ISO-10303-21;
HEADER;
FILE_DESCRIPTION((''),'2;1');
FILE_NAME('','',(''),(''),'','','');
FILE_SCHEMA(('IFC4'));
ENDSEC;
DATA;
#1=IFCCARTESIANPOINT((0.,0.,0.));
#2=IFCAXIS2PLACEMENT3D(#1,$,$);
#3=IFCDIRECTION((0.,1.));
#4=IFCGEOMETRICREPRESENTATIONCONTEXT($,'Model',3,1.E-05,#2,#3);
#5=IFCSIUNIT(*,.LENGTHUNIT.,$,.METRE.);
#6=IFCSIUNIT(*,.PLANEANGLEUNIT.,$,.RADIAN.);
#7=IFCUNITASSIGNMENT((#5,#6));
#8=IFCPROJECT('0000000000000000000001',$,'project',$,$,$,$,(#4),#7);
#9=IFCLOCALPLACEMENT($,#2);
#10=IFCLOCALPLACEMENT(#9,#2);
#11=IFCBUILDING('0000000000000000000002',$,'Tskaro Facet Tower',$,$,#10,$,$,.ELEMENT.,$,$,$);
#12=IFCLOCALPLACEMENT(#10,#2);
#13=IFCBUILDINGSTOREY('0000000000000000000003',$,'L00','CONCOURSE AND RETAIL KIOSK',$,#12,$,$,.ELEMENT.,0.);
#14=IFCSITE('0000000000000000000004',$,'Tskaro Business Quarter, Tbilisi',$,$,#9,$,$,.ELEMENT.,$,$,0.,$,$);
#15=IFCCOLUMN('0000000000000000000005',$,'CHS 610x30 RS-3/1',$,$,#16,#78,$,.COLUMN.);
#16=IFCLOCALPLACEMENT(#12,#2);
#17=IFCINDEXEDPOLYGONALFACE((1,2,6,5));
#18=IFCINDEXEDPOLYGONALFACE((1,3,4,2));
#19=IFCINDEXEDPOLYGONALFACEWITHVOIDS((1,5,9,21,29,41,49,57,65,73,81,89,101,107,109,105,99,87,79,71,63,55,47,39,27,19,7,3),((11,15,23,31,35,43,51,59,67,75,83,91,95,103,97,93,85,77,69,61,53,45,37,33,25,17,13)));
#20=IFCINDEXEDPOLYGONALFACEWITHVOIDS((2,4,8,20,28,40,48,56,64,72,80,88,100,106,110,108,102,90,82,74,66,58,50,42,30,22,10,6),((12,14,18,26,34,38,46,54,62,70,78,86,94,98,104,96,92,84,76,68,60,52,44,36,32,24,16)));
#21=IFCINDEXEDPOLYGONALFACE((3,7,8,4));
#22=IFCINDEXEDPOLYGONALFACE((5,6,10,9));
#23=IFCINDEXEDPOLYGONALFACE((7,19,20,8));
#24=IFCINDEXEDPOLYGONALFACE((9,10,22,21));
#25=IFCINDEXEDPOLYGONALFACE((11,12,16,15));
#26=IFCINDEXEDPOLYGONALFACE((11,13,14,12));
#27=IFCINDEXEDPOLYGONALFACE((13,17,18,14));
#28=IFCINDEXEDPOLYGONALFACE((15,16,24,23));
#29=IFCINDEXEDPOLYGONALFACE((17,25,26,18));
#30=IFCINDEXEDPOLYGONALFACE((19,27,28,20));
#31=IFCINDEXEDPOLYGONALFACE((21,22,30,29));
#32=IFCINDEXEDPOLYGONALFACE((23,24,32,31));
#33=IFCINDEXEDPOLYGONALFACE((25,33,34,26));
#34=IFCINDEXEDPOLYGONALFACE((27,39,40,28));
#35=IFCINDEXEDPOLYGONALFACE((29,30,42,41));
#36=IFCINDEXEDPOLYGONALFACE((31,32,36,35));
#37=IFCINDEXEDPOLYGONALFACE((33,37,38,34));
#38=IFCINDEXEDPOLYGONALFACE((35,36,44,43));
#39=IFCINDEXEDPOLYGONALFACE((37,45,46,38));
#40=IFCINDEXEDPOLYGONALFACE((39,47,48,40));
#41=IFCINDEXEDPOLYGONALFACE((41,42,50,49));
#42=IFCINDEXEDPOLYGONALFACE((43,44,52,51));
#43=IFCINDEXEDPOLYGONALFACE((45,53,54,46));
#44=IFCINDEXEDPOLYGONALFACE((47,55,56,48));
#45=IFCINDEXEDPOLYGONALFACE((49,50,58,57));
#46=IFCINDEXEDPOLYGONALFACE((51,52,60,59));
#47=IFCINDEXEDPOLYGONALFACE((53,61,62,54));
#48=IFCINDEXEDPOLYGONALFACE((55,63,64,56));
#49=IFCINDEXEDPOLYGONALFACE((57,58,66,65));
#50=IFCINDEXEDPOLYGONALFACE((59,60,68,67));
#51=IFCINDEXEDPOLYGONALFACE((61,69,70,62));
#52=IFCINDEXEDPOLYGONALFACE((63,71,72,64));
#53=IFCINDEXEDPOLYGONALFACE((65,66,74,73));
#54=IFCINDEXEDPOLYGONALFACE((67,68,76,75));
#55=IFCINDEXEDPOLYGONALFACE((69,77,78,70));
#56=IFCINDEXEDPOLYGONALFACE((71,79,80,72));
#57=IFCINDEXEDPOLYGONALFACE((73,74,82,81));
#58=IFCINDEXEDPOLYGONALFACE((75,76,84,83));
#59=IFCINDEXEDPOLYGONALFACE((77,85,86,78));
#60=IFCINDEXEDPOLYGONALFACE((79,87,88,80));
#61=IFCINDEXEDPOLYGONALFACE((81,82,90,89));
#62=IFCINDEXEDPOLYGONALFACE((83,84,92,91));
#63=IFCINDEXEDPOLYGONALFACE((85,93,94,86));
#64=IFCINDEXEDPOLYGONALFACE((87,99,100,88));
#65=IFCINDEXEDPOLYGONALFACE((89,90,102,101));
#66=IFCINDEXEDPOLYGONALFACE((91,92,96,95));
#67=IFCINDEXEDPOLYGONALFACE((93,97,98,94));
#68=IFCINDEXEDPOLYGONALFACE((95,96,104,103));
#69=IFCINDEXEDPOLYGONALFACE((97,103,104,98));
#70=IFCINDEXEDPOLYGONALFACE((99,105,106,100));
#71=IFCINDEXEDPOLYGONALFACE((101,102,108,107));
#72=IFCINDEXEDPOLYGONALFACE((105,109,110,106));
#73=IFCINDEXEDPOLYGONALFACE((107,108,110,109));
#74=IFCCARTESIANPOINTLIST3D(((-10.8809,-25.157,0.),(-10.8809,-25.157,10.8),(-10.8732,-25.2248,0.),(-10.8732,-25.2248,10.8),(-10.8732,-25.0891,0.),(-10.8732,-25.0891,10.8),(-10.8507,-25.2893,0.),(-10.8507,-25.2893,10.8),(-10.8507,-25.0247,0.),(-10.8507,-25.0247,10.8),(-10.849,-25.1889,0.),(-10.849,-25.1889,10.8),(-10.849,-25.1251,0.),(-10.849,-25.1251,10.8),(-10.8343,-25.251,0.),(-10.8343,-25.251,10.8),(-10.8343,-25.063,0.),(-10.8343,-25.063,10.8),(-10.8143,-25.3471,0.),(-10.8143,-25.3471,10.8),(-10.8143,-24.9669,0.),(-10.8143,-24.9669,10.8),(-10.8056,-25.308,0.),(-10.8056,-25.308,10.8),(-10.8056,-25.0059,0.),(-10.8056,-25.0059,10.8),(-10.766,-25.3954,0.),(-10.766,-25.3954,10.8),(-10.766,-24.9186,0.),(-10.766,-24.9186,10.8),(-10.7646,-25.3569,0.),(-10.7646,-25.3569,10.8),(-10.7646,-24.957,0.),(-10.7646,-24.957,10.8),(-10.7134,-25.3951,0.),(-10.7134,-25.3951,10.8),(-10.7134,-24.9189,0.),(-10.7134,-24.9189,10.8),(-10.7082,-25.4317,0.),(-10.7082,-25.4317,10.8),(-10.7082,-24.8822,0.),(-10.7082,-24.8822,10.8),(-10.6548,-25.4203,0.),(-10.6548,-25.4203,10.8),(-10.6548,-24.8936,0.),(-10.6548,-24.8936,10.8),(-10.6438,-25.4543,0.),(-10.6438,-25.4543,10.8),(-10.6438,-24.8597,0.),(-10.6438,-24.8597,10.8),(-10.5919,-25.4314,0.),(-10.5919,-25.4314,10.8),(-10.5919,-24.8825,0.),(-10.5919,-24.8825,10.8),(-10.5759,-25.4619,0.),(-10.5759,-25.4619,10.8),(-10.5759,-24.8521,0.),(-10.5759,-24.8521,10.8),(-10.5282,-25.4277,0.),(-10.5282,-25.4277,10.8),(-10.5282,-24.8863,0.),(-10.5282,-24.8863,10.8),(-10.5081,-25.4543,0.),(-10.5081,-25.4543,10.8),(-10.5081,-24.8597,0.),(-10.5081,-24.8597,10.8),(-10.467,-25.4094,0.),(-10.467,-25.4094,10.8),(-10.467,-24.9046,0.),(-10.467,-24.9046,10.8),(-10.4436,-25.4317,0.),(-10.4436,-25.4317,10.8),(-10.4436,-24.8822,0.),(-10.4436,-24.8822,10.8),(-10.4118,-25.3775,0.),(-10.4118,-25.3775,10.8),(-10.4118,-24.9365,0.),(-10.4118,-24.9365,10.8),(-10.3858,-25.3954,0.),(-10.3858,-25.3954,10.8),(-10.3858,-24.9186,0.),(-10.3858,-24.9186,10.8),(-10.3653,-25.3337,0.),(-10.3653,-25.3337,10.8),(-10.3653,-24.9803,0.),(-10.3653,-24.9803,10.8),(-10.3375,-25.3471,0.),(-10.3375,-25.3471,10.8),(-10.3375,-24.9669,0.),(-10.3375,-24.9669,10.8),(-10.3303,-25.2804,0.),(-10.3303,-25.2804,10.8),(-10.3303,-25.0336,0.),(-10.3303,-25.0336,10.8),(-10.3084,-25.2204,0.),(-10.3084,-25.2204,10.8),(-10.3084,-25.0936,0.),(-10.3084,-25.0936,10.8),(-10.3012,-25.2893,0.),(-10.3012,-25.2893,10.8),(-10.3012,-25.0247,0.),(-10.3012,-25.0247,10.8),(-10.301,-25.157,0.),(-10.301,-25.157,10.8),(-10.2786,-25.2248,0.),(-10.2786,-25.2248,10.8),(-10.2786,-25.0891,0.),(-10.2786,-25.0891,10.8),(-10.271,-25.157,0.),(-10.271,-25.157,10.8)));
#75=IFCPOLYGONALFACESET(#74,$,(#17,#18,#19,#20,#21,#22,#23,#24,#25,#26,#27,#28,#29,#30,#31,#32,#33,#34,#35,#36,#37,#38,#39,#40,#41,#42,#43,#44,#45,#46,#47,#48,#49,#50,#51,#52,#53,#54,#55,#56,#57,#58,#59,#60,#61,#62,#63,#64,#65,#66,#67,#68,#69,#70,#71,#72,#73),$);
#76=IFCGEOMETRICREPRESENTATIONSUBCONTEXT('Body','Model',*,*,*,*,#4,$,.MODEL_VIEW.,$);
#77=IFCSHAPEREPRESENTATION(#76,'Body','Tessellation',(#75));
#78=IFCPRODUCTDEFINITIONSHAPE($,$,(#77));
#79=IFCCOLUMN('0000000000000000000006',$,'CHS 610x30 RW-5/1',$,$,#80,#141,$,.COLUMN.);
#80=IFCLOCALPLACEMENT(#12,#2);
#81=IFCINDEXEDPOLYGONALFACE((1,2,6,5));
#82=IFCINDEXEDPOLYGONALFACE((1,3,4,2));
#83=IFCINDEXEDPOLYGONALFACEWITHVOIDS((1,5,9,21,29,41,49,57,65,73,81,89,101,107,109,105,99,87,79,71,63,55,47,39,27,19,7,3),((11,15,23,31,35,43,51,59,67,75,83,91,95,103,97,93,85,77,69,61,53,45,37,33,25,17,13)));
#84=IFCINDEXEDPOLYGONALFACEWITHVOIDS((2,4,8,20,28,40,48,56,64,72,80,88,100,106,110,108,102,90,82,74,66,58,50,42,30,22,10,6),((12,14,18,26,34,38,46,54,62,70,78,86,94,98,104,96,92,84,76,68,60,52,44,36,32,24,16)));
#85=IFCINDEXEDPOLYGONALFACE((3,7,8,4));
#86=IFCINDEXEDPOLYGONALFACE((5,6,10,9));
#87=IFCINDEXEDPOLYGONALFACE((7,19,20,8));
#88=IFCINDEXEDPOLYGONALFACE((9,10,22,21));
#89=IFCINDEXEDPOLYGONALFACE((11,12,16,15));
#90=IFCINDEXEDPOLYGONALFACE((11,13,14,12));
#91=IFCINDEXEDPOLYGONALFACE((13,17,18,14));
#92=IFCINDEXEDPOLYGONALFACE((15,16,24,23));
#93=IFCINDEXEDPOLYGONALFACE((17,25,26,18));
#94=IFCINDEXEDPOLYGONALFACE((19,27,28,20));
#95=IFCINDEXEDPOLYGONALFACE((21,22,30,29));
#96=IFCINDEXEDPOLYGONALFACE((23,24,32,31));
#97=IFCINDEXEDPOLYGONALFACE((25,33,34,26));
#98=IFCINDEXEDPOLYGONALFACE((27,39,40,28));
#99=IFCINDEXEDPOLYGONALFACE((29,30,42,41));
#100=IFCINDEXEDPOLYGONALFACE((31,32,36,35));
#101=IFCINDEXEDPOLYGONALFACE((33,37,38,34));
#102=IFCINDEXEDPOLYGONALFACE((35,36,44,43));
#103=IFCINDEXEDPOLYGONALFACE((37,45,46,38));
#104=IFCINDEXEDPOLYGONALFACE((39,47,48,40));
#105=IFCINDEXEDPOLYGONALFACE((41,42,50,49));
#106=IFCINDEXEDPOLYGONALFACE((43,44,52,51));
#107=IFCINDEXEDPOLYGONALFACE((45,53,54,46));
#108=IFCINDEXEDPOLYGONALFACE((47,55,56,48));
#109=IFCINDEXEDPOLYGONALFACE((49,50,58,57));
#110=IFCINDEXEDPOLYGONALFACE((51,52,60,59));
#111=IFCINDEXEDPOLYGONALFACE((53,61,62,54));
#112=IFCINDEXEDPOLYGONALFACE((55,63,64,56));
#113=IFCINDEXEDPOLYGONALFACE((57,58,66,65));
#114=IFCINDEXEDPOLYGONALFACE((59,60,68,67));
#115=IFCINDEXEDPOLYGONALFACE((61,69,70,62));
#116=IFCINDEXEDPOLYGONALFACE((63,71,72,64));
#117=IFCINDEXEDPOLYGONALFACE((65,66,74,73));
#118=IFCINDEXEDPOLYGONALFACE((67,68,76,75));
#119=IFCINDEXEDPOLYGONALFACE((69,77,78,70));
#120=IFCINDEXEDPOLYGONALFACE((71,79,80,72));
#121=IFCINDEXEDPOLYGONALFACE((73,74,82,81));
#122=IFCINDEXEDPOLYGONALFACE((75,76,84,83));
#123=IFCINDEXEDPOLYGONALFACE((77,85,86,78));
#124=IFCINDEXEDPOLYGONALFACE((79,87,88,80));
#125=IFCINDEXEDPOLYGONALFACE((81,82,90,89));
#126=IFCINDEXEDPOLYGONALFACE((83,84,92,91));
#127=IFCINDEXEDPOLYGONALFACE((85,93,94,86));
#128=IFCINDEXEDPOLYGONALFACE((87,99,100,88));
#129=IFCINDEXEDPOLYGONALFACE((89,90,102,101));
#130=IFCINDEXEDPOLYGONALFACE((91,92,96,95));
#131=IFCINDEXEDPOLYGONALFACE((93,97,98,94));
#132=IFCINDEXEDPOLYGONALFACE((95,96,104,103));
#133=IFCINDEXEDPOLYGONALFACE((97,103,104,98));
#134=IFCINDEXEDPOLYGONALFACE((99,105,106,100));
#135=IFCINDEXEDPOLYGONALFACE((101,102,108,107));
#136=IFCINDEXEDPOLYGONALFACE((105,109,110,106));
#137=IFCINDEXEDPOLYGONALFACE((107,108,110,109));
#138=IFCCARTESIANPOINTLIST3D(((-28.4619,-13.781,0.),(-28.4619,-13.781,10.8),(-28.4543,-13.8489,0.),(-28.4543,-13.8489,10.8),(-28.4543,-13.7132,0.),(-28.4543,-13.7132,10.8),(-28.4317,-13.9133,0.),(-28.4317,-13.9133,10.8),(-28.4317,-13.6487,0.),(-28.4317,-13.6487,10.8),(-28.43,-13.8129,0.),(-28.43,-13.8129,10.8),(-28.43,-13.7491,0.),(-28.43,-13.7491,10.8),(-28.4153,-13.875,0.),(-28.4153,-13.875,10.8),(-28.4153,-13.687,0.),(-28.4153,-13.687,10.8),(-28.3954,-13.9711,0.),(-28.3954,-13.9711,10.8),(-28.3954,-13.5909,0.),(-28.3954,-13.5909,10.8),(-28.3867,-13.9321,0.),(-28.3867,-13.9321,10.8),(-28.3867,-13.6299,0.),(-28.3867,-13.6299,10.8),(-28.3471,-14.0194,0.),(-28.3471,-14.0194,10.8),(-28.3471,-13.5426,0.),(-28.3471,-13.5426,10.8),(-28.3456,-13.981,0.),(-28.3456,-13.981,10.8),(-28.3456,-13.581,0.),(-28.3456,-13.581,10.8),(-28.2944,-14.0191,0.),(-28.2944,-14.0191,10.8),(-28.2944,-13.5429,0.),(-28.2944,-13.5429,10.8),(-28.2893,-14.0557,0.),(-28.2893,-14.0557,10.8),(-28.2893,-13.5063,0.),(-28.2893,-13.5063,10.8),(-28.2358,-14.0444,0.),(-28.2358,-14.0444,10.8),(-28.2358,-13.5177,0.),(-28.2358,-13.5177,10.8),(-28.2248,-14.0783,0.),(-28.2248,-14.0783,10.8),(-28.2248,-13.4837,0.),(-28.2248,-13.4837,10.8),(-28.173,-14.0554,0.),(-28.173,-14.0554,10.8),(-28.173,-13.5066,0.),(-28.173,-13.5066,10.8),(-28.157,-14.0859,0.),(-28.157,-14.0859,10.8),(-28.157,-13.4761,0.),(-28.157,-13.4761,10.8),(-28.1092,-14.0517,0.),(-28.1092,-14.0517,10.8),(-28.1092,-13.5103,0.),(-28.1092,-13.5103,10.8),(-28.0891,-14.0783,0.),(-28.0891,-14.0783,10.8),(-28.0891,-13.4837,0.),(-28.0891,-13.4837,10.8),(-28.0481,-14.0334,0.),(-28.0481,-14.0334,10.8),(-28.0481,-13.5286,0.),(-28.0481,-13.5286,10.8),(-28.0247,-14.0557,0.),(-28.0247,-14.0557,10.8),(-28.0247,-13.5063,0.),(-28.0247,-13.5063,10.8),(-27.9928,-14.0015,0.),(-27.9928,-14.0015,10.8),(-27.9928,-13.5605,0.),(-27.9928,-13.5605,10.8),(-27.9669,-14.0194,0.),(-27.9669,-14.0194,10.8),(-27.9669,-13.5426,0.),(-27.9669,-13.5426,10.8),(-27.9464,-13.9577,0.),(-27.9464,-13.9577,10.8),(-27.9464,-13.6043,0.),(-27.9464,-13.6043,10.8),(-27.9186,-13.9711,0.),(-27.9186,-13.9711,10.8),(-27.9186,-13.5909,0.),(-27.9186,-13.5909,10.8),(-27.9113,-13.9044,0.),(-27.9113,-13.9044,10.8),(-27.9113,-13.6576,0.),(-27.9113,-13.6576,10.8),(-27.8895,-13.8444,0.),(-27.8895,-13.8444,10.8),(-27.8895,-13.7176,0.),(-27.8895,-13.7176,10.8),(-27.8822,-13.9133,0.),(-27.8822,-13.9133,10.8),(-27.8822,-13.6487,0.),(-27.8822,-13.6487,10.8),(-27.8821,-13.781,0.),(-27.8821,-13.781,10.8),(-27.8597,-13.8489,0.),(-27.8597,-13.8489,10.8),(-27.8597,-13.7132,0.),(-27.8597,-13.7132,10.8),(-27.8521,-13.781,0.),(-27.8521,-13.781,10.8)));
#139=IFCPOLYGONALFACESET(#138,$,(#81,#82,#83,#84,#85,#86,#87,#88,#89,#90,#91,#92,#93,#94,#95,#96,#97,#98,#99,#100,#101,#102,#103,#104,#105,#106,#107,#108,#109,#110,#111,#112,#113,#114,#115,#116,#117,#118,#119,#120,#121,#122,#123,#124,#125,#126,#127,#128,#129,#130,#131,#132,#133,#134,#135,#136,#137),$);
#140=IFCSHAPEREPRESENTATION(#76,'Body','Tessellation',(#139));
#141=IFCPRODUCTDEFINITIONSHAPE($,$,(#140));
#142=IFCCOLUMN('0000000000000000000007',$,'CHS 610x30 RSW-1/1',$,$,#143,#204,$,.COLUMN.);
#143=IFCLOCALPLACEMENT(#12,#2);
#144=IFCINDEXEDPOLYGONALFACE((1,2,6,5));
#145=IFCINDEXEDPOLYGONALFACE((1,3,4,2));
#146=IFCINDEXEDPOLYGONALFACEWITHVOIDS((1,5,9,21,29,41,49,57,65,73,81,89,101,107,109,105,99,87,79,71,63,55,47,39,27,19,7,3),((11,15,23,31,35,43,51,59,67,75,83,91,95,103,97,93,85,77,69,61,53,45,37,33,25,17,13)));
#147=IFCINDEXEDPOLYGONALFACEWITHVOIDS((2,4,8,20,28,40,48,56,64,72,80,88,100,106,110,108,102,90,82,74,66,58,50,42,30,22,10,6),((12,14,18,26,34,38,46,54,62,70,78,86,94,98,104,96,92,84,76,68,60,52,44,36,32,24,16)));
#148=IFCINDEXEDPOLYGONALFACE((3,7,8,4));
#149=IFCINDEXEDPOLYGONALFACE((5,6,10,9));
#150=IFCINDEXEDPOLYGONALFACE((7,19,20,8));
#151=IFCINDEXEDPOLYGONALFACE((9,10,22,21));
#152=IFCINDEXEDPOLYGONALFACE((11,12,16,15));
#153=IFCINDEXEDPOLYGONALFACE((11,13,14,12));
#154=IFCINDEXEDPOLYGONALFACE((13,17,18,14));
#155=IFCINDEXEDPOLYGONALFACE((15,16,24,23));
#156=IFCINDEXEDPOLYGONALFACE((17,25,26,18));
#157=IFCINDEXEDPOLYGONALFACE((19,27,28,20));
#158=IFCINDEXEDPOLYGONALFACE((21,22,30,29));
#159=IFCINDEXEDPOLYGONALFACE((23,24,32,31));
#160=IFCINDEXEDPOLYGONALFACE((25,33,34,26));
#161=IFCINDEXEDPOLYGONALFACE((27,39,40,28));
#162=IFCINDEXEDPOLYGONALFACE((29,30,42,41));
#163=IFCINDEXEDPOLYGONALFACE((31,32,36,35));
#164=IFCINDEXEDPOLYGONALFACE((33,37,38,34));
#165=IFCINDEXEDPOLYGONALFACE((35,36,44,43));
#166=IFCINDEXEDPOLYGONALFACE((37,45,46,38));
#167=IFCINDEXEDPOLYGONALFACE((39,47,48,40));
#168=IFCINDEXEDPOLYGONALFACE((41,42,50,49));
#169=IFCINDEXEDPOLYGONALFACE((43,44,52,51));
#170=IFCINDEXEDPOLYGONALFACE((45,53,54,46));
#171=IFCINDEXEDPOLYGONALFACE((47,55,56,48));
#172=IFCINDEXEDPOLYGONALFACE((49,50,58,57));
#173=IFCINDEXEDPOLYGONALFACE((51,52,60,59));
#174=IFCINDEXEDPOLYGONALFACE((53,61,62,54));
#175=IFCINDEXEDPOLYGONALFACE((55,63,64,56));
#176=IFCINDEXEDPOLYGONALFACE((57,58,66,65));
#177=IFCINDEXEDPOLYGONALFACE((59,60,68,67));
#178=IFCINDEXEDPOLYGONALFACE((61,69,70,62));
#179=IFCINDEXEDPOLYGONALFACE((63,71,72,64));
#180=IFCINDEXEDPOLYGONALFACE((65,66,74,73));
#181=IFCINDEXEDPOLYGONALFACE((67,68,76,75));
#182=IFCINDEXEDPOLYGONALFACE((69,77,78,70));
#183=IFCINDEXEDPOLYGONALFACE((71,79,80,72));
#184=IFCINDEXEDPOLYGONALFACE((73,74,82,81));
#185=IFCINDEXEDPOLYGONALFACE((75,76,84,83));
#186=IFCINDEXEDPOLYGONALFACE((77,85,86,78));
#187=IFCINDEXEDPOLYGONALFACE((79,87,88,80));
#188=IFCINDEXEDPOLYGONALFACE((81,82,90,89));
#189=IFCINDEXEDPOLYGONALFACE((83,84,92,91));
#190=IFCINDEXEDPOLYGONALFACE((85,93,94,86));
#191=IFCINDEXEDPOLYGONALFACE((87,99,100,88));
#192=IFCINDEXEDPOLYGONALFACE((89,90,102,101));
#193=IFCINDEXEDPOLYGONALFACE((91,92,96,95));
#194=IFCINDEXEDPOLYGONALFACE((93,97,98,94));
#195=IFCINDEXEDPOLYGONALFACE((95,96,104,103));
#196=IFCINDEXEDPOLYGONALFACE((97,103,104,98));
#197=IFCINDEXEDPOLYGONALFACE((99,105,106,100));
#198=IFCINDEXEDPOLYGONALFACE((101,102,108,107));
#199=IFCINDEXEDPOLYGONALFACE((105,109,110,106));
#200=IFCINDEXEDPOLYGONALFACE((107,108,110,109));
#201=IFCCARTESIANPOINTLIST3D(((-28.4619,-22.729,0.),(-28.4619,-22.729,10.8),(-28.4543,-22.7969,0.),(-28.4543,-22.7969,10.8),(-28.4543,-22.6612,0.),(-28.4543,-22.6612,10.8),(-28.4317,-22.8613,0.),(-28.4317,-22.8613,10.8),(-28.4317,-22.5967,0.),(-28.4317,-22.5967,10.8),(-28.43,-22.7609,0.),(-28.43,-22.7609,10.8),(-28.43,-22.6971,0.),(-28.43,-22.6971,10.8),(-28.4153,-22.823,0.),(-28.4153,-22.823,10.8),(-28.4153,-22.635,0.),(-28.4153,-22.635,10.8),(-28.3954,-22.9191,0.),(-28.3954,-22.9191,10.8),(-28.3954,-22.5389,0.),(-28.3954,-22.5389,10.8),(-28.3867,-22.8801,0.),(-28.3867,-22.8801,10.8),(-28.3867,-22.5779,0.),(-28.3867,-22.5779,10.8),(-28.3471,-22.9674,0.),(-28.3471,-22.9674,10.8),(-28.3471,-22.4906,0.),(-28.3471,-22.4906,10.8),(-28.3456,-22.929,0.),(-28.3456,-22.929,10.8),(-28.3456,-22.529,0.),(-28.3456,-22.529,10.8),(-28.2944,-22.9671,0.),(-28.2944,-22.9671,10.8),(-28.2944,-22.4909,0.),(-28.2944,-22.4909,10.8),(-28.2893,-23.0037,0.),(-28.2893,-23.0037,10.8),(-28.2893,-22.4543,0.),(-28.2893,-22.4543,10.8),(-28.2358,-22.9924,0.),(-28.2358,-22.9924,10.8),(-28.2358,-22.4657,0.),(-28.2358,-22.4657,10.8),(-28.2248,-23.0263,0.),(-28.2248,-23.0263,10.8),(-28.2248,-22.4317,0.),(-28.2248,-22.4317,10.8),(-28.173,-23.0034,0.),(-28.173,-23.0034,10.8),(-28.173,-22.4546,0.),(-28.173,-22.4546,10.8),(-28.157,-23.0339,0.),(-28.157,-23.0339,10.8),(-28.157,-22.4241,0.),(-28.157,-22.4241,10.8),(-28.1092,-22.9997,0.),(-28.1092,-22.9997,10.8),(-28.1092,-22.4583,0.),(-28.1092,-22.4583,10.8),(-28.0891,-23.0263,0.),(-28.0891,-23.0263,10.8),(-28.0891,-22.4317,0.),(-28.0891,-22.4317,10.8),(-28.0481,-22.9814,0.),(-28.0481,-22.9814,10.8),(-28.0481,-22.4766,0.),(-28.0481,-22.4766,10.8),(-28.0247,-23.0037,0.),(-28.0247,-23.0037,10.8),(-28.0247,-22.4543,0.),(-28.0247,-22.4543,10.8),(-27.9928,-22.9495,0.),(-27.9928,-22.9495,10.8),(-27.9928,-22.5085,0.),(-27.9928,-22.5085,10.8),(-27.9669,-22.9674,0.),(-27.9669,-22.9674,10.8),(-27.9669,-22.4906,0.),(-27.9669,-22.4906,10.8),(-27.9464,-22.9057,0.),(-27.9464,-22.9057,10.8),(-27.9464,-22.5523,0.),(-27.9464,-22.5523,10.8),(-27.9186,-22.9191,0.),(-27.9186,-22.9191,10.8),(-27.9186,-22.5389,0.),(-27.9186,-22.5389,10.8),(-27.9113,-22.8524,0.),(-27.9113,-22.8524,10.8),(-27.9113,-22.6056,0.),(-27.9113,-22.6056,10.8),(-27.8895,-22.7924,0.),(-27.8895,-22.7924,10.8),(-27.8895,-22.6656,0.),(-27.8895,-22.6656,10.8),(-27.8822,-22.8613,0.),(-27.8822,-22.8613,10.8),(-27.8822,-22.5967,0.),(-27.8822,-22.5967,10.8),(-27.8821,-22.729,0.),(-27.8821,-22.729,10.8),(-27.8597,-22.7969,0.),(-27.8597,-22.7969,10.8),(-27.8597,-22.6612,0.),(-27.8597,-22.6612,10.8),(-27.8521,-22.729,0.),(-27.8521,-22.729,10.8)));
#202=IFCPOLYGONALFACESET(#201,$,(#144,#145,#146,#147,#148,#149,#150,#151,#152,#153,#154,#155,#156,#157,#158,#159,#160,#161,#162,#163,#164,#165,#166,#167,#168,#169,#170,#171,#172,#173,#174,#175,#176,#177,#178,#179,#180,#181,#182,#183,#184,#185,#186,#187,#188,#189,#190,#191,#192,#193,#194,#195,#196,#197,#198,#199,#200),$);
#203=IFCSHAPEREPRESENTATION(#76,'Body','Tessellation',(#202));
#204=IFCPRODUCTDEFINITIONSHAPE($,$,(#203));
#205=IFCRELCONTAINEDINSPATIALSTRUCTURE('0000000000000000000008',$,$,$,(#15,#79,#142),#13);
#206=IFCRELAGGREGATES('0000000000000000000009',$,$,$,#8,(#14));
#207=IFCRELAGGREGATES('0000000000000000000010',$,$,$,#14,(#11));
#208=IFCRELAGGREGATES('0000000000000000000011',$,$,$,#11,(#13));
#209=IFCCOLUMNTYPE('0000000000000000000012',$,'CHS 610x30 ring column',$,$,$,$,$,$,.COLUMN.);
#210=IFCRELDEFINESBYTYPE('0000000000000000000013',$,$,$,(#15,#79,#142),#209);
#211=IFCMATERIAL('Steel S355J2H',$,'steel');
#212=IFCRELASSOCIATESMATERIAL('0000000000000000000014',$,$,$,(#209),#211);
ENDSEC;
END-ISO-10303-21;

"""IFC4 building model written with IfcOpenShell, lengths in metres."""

from ifc_helpers import new_model, si_unit, direction, frame, origin, origin_2d, place, context, subcontext, project, spatial, hollow_circle, extrude, material, material_profile, profile_set, type_object, element, save


model = new_model("IFC4")

# Units and contexts
model_context = context("Model", 3, precision=1e-05, world=origin(), true_north=direction((0.0, 1.0)))
body_context = subcontext(model_context, "Body", "Model", "MODEL_VIEW")
ifc_project = project(units=[si_unit("LENGTHUNIT", "METRE"), si_unit("PLANEANGLEUNIT", "RADIAN")], contexts=[model_context])

# Site, building, storey
site_placement = place(None, origin())
site = spatial("IfcSite", under=ifc_project, at=site_placement, Name="Tskaro Business Quarter, Tbilisi", CompositionType="ELEMENT", RefElevation=0.0)
building_placement = place(site_placement, origin())
building = spatial("IfcBuilding", under=site, at=building_placement, Name="Tskaro Facet Tower", CompositionType="ELEMENT")
storey_placement = place(building_placement, origin())
storey = spatial("IfcBuildingStorey", under=building, at=storey_placement, Name="L00", Description="CONCOURSE AND RETAIL KIOSK", CompositionType="ELEMENT", Elevation=0.0)

# Columns
ifc_material_1 = material(Name="Steel S355J2H", Category="steel")
ifc_material_profile_1 = material_profile(ifc_material_1, hollow_circle(Radius=0.3049, WallThickness=0.03, at=origin_2d()), Name="CHS 610x30")
ifc_profile_set_1 = profile_set([ifc_material_profile_1], Name="Steel S355J2H")
column_type_1 = type_object("IfcColumnType", Name="CHS 610x30 ring column", PredefinedType="COLUMN", material=ifc_profile_set_1)
for number, where, z_axis, x_axis, name in (
    (1, (-10.5759, -25.157, 0.0), (0.0, 0.0, 1.0), (1.0, 0.0, 0.0), "CHS 610x30 RS-3/1"),
    (2, (-28.157, -13.781, 0.0), (0.0, 0.0, 1.0), (1.0, 0.0, 0.0), "CHS 610x30 RW-5/1"),
    (3, (-28.157, -22.729, 0.0), (0.0, 0.0, 1.0), (1.0, 0.0, 0.0), "CHS 610x30 RSW-1/1"),
):
    element("IfcColumn", number, at=place(storey_placement, frame(where, z_axis=z_axis, x_axis=x_axis)), inside=storey, type_object=column_type_1, Name=name, PredefinedType="COLUMN", context=body_context, shape_type="SweptSolid", body=[
        extrude(hollow_circle(Radius=0.3049, WallThickness=0.03, at=origin_2d()), origin(), (0.0, 0.0, 1.0), 10.8),
    ])

save(model, "model.ifc")
